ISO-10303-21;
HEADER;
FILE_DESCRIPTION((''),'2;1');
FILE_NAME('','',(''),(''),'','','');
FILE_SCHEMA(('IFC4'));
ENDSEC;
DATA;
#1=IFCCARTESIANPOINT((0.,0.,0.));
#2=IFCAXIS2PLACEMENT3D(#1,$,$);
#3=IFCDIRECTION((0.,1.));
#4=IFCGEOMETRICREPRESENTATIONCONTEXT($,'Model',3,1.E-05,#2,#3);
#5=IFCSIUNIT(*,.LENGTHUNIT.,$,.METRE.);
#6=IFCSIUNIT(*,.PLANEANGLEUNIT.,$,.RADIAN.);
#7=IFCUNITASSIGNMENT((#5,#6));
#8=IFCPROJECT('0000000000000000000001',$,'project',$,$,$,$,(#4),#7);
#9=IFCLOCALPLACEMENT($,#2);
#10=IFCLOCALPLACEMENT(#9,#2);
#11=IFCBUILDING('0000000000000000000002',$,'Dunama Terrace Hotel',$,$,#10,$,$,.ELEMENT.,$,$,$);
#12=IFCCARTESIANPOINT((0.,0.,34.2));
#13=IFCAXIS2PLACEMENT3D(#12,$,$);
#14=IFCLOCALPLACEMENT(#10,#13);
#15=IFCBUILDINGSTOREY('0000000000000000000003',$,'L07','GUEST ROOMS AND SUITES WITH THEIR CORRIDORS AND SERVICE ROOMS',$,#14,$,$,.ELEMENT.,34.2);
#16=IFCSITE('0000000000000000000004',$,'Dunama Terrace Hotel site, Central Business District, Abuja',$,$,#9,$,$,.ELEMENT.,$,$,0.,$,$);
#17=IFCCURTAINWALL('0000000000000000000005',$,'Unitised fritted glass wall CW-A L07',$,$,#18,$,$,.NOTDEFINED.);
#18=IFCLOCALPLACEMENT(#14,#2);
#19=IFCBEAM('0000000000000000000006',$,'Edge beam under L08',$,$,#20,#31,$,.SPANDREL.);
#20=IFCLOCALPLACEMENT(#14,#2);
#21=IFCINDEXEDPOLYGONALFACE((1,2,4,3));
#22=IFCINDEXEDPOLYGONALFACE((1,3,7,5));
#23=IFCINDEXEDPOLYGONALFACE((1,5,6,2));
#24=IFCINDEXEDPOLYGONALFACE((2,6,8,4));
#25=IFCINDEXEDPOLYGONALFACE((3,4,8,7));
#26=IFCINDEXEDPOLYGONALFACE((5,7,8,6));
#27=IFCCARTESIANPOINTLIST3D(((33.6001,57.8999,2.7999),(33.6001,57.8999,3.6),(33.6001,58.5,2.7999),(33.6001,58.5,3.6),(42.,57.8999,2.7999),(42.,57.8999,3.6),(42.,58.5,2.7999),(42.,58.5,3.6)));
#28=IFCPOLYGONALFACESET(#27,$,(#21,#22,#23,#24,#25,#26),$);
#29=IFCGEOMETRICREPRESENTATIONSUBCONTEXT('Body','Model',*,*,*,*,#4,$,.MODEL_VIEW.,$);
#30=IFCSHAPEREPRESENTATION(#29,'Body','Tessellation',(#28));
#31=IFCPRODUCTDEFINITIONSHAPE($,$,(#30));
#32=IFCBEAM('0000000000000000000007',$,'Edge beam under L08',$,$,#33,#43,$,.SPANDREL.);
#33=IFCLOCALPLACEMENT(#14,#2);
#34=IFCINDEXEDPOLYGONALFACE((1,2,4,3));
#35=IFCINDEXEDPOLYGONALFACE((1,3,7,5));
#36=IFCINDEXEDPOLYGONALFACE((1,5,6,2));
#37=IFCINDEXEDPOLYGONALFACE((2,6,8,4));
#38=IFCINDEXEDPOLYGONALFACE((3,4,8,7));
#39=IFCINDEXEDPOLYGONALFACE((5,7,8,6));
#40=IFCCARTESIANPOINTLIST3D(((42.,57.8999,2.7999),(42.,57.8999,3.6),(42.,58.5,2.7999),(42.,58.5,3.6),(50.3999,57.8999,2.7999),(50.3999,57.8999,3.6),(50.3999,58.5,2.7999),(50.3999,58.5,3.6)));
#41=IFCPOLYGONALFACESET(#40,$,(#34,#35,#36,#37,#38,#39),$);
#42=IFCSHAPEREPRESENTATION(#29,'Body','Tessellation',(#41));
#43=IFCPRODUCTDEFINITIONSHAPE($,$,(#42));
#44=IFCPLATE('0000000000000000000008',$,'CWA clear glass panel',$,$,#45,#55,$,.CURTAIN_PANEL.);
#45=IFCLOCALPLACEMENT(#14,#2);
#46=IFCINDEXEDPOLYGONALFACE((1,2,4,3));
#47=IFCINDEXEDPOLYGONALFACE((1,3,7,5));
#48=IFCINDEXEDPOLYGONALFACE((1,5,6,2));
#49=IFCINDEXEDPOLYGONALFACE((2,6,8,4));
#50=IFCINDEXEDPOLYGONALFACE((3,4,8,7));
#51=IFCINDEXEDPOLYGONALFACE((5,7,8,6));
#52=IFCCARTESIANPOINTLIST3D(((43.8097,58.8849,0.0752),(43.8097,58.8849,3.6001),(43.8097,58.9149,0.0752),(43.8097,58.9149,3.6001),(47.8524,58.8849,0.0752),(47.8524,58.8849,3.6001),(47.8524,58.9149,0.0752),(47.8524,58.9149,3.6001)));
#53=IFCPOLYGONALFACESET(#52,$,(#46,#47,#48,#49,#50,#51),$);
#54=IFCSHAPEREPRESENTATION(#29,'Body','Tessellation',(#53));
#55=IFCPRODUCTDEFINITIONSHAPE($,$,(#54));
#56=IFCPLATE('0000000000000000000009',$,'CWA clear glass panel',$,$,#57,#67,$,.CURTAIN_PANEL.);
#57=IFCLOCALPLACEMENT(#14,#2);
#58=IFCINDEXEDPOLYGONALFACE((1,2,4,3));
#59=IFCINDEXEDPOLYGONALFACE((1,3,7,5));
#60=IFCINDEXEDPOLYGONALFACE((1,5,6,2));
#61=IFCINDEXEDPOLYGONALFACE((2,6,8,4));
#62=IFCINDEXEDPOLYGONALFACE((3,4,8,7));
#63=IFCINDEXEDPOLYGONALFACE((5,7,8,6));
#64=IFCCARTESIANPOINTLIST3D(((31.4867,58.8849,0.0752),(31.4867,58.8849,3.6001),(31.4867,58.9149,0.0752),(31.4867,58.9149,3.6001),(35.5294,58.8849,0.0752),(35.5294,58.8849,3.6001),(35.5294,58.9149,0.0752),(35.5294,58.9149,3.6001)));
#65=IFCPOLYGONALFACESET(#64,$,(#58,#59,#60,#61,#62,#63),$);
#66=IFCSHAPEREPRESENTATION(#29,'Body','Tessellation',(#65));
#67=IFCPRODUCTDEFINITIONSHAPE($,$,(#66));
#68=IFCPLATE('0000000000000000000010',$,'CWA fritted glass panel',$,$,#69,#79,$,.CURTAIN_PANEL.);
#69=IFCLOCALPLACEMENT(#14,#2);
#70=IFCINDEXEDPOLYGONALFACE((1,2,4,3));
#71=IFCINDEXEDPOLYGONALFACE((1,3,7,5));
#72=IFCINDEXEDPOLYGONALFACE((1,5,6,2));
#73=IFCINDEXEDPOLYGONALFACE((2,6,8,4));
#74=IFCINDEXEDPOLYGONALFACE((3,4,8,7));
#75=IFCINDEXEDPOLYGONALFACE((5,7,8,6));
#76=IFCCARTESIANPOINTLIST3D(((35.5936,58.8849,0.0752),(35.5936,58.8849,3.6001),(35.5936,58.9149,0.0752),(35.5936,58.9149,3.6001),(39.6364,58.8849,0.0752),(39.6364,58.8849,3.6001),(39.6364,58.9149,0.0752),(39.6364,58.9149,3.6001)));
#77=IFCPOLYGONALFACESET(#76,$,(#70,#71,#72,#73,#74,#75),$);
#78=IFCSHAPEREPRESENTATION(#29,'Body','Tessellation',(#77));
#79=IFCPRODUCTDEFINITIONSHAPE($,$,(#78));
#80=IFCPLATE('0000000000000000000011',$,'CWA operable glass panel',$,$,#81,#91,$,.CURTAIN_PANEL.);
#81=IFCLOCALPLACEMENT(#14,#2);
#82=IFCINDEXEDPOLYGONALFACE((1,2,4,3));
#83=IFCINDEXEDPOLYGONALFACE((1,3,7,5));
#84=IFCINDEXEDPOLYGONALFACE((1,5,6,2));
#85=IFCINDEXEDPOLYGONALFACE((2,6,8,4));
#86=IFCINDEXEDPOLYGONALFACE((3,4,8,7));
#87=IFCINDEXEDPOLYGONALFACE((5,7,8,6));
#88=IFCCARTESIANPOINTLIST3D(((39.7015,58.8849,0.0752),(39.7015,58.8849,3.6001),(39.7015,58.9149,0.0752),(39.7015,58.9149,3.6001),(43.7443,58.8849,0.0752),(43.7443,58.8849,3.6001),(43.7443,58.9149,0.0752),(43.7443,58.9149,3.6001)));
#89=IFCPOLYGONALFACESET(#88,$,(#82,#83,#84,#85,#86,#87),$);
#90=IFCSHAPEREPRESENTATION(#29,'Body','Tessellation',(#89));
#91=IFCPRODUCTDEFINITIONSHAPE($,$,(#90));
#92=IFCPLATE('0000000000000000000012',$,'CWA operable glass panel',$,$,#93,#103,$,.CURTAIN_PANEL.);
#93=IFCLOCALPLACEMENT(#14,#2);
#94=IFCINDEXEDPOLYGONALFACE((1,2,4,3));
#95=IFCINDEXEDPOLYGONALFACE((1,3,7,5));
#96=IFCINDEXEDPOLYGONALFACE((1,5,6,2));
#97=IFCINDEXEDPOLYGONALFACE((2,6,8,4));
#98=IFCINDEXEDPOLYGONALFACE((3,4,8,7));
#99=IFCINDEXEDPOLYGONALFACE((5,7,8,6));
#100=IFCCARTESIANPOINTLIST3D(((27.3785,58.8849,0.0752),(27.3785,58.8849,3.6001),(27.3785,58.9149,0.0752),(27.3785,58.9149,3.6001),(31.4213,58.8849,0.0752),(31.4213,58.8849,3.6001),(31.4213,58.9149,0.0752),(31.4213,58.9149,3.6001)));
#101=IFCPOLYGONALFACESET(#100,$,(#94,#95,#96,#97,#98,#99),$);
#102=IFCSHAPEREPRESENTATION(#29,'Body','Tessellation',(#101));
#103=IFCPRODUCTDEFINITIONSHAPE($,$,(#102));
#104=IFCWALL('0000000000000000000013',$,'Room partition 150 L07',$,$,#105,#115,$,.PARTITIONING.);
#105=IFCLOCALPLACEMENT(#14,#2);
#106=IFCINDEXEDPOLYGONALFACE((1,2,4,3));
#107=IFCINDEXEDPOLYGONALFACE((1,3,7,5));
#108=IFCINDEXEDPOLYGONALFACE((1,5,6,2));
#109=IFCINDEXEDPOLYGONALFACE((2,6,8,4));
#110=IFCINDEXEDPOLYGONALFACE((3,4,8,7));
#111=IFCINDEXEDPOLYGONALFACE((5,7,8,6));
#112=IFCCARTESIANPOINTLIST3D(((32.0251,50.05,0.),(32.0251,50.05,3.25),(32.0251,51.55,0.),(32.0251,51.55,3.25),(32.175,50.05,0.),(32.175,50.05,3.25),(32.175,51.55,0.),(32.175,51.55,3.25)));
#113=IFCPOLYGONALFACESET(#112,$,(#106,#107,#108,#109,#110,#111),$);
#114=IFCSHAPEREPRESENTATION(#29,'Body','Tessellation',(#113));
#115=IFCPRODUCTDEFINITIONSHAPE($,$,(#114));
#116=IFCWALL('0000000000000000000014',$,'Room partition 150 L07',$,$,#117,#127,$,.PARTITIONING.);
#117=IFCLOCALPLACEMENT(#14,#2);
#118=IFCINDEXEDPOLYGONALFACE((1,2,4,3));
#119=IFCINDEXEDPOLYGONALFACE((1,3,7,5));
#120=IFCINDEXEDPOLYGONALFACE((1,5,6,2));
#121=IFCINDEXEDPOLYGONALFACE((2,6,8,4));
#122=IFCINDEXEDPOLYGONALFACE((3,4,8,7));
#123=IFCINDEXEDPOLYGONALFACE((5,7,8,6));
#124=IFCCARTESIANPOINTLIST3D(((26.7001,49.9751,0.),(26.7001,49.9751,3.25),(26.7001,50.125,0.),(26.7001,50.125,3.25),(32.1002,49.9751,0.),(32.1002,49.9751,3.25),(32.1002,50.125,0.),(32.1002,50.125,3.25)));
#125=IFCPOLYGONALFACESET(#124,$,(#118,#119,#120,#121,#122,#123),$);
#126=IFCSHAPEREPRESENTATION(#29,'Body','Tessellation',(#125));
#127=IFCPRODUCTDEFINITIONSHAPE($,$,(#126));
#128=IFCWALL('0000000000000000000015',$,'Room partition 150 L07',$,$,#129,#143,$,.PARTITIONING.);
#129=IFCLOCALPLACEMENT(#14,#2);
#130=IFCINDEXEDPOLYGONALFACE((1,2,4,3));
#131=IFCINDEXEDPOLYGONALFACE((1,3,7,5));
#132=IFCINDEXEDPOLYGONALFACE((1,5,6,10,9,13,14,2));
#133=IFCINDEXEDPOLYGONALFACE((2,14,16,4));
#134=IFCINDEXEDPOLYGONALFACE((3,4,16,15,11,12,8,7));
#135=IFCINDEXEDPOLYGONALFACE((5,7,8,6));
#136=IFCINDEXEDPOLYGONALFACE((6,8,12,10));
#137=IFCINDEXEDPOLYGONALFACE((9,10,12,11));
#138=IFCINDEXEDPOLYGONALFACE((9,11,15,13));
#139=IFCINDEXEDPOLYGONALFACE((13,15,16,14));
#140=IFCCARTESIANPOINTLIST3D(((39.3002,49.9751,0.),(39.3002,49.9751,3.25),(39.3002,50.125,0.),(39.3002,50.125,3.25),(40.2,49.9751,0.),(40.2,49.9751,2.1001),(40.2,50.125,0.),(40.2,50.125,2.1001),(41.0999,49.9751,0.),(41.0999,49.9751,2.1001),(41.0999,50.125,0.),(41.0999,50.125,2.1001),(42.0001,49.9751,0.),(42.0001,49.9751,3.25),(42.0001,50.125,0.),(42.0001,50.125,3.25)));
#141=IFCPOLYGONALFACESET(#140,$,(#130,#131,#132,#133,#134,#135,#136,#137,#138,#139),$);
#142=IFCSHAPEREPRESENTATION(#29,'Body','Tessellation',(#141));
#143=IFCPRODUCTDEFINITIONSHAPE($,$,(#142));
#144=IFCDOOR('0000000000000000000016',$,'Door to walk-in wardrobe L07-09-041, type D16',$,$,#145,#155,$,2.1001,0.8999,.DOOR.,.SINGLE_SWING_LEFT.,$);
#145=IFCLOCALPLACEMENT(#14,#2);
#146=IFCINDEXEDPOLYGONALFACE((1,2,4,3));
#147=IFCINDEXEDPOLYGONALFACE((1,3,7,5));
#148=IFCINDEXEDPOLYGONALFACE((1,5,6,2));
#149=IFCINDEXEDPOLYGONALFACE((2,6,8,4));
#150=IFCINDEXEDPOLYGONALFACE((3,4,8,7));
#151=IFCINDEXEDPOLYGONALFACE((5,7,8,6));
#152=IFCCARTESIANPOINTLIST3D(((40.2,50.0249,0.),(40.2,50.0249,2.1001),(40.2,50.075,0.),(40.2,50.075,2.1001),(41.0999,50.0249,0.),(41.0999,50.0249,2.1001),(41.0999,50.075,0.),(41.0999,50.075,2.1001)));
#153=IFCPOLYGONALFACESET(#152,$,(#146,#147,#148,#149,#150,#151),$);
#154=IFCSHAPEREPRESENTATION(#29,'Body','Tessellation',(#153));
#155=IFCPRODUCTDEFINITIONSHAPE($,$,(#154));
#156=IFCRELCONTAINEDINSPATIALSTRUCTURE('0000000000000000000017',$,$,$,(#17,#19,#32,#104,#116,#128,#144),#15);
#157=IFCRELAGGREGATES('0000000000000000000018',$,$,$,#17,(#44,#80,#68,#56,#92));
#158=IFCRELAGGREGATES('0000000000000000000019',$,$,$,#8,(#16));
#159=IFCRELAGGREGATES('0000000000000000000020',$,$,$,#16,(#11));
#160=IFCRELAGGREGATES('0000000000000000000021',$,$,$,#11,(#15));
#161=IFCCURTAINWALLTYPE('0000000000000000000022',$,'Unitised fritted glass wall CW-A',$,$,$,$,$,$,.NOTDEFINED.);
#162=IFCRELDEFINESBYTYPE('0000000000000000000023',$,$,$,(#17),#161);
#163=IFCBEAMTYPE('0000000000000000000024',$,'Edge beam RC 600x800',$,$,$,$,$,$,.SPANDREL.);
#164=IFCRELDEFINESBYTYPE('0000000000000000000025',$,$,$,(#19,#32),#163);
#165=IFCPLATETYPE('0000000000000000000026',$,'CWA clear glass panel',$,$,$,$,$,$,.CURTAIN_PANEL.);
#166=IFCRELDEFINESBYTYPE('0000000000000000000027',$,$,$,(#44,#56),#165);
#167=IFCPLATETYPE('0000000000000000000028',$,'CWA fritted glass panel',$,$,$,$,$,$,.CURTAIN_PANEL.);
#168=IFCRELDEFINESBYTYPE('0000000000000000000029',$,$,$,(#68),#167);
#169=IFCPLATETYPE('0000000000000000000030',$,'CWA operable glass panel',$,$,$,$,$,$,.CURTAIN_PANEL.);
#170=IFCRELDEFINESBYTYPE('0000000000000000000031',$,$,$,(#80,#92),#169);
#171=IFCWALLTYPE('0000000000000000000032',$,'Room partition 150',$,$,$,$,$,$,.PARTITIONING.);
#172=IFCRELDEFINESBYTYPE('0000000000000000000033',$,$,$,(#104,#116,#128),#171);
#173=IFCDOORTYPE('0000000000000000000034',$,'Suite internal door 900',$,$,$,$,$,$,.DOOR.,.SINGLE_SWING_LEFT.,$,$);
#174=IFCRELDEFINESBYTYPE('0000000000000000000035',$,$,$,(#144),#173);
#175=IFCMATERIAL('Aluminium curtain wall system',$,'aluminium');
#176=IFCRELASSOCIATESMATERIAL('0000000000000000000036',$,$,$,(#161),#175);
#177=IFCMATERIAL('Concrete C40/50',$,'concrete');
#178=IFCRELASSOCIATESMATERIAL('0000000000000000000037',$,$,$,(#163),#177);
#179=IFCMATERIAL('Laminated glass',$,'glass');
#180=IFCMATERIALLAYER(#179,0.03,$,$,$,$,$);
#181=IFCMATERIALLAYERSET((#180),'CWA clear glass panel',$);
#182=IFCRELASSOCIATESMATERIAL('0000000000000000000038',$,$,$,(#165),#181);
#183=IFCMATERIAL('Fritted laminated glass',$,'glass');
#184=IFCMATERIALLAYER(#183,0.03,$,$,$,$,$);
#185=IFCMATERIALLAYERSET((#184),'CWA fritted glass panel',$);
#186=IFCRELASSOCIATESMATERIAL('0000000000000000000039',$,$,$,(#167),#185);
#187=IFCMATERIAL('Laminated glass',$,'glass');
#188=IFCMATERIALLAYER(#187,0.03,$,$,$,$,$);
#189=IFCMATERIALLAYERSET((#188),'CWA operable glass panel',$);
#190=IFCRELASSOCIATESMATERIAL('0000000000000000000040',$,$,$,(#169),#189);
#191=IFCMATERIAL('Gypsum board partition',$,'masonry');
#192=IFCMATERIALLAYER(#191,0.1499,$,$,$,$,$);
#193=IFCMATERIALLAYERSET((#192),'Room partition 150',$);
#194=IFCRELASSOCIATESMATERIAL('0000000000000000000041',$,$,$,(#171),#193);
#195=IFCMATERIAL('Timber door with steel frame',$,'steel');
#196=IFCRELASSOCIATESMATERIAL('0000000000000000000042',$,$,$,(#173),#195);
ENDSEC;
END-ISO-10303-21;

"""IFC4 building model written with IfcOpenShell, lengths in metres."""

from ifc_helpers import new_model, si_unit, direction, frame, frame_2d, origin, origin_2d, place, context, subcontext, project, spatial, rectangle, extrude, material, layer, layer_set, material_profile, profile_set, type_object, element, fill, aggregate, save


model = new_model("IFC4")

# Units and contexts
model_context = context("Model", 3, precision=1e-05, world=origin(), true_north=direction((0.0, 1.0)))
body_context = subcontext(model_context, "Body", "Model", "MODEL_VIEW")
ifc_project = project(units=[si_unit("LENGTHUNIT", "METRE"), si_unit("PLANEANGLEUNIT", "RADIAN")], contexts=[model_context])

# Site, building, storey
site_placement = place(None, origin())
site = spatial("IfcSite", under=ifc_project, at=site_placement, Name="Dunama Terrace Hotel site, Central Business District, Abuja", CompositionType="ELEMENT", RefElevation=0.0)
building_placement = place(site_placement, origin())
building = spatial("IfcBuilding", under=site, at=building_placement, Name="Dunama Terrace Hotel", CompositionType="ELEMENT")
storey_placement = place(building_placement, frame((0.0, 0.0, 34.2)))
storey = spatial("IfcBuildingStorey", under=building, at=storey_placement, Name="L07", Description="GUEST ROOMS AND SUITES WITH THEIR CORRIDORS AND SERVICE ROOMS", CompositionType="ELEMENT", Elevation=34.2)

# Curtain wall
ifc_material_1 = material(Name="Aluminium curtain wall system", Category="aluminium")
curtain_wall_type = type_object("IfcCurtainWallType", Name="Unitised fritted glass wall CW-A", PredefinedType="NOTDEFINED", material=ifc_material_1)
curtain_wall_placement = place(storey_placement, origin())
curtain_wall = element("IfcCurtainWall", 1, at=curtain_wall_placement, inside=storey, type_object=curtain_wall_type, Name="Unitised fritted glass wall CW-A L07", PredefinedType="NOTDEFINED")

# Beams
ifc_material_2 = material(Name="Concrete C40/50", Category="concrete")
ifc_material_profile_1 = material_profile(ifc_material_2, rectangle(XDim=0.6001, YDim=0.8, at=origin_2d()), Name="RC 600x800")
ifc_profile_set_1 = profile_set([ifc_material_profile_1], Name="Concrete C40/50")
beam_type = type_object("IfcBeamType", Name="Edge beam RC 600x800", PredefinedType="SPANDREL", material=ifc_profile_set_1)
for number, where, z_axis, x_axis, name in (
    (2, (33.6001, 58.2, 3.2), (1.0, 0.0, 0.0), (0.0, 1.0, 0.0), "Edge beam under L08"),
    (3, (42.0, 58.2, 3.2), (1.0, 0.0, 0.0), (0.0, 1.0, 0.0), "Edge beam under L08"),
):
    element("IfcBeam", number, at=place(storey_placement, frame(where, z_axis=z_axis, x_axis=x_axis)), inside=storey, type_object=beam_type, Name=name, PredefinedType="SPANDREL", context=body_context, shape_type="SweptSolid", body=[
        extrude(rectangle(XDim=0.6001, YDim=0.8, at=origin_2d()), origin(), (0.0, 0.0, 1.0), 8.3999),
    ])

# Plates
ifc_material_3 = material(Name="Laminated glass", Category="glass")
ifc_layer_1 = layer(ifc_material_3, 0.03)
ifc_layer_set_1 = layer_set([ifc_layer_1], Name="CWA clear glass panel")
plate_type_1 = type_object("IfcPlateType", Name="CWA clear glass panel", PredefinedType="CURTAIN_PANEL", material=ifc_layer_set_1)
plate_1_placement = place(storey_placement, frame((45.8311, 58.8999, 0.0752), z_axis=(0.0, 0.0, 1.0), x_axis=(-1.0, 0.0, 0.0)))
plate_1 = element("IfcPlate", 4, at=plate_1_placement, type_object=plate_type_1, Name="CWA clear glass panel", PredefinedType="CURTAIN_PANEL", context=body_context, shape_type="SweptSolid", body=[
    extrude(rectangle(XDim=4.0427, YDim=0.03, at=origin_2d()), origin(), (0.0, 0.0, 1.0), 3.5249),
])
plate_2_placement = place(storey_placement, frame((33.5081, 58.8999, 0.0752), z_axis=(0.0, 0.0, 1.0), x_axis=(-1.0, 0.0, 0.0)))
plate_2 = element("IfcPlate", 5, at=plate_2_placement, type_object=plate_type_1, Name="CWA clear glass panel", PredefinedType="CURTAIN_PANEL", context=body_context, shape_type="SweptSolid", body=[
    extrude(rectangle(XDim=4.0427, YDim=0.03, at=origin_2d()), origin(), (0.0, 0.0, 1.0), 3.5249),
])
ifc_material_4 = material(Name="Fritted laminated glass", Category="glass")
ifc_layer_2 = layer(ifc_material_4, 0.03)
ifc_layer_set_2 = layer_set([ifc_layer_2], Name="CWA fritted glass panel")
plate_type_2 = type_object("IfcPlateType", Name="CWA fritted glass panel", PredefinedType="CURTAIN_PANEL", material=ifc_layer_set_2)
plate_3_placement = place(storey_placement, frame((37.615, 58.8999, 0.0752), z_axis=(0.0, 0.0, 1.0), x_axis=(-1.0, 0.0, 0.0)))
plate_3 = element("IfcPlate", 6, at=plate_3_placement, type_object=plate_type_2, Name="CWA fritted glass panel", PredefinedType="CURTAIN_PANEL", context=body_context, shape_type="SweptSolid", body=[
    extrude(rectangle(XDim=4.0427, YDim=0.03, at=origin_2d()), origin(), (0.0, 0.0, 1.0), 3.5249),
])
ifc_material_5 = material(Name="Laminated glass", Category="glass")
ifc_layer_3 = layer(ifc_material_5, 0.03)
ifc_layer_set_3 = layer_set([ifc_layer_3], Name="CWA operable glass panel")
plate_type_3 = type_object("IfcPlateType", Name="CWA operable glass panel", PredefinedType="CURTAIN_PANEL", material=ifc_layer_set_3)
plate_4_placement = place(storey_placement, frame((41.7229, 58.8999, 0.0752), z_axis=(0.0, 0.0, 1.0), x_axis=(-1.0, 0.0, 0.0)))
plate_4 = element("IfcPlate", 7, at=plate_4_placement, type_object=plate_type_3, Name="CWA operable glass panel", PredefinedType="CURTAIN_PANEL", context=body_context, shape_type="SweptSolid", body=[
    extrude(rectangle(XDim=4.0427, YDim=0.03, at=origin_2d()), origin(), (0.0, 0.0, 1.0), 3.5249),
])
plate_5_placement = place(storey_placement, frame((29.3999, 58.8999, 0.0752), z_axis=(0.0, 0.0, 1.0), x_axis=(-1.0, 0.0, 0.0)))
plate_5 = element("IfcPlate", 8, at=plate_5_placement, type_object=plate_type_3, Name="CWA operable glass panel", PredefinedType="CURTAIN_PANEL", context=body_context, shape_type="SweptSolid", body=[
    extrude(rectangle(XDim=4.0427, YDim=0.03, at=origin_2d()), origin(), (0.0, 0.0, 1.0), 3.5249),
])
aggregate(curtain_wall, [plate_1, plate_4, plate_3, plate_2, plate_5])

# Walls
ifc_material_6 = material(Name="Gypsum board partition", Category="masonry")
ifc_layer_4 = layer(ifc_material_6, 0.1499)
ifc_layer_set_4 = layer_set([ifc_layer_4], Name="Room partition 150")
wall_type = type_object("IfcWallType", Name="Room partition 150", PredefinedType="PARTITIONING", material=ifc_layer_set_4)
wall_1_placement = place(storey_placement, frame((32.1001, 50.05, 0.0), z_axis=(0.0, 0.0, 1.0), x_axis=(0.0, 1.0, 0.0)))
element("IfcWall", 9, at=wall_1_placement, inside=storey, type_object=wall_type, Name="Room partition 150 L07", PredefinedType="PARTITIONING", context=body_context, shape_type="SweptSolid", body=[
    extrude(rectangle(XDim=1.5, YDim=0.1499, at=frame_2d((0.75, 0.0))), origin(), (0.0, 0.0, 1.0), 3.25),
])
wall_2_placement = place(storey_placement, frame((26.7, 50.05, 0.0), z_axis=(0.0, 0.0, 1.0), x_axis=(1.0, 0.0, 0.0)))
element("IfcWall", 10, at=wall_2_placement, inside=storey, type_object=wall_type, Name="Room partition 150 L07", PredefinedType="PARTITIONING", context=body_context, shape_type="SweptSolid", body=[
    extrude(rectangle(XDim=5.4001, YDim=0.1499, at=frame_2d((2.7002, 0.0))), origin(), (0.0, 0.0, 1.0), 3.25),
])

# Wall, opening, door
wall_3_placement = place(storey_placement, frame((39.3, 50.05, 0.0), z_axis=(0.0, 0.0, 1.0), x_axis=(1.0, 0.0, 0.0)))
wall_3 = element("IfcWall", 11, at=wall_3_placement, inside=storey, type_object=wall_type, Name="Room partition 150 L07", PredefinedType="PARTITIONING", context=body_context, shape_type="SweptSolid", body=[
    extrude(rectangle(XDim=2.7, YDim=0.1499, at=frame_2d((1.3501, 0.0))), origin(), (0.0, 0.0, 1.0), 3.25),
])
opening_1_placement = place(wall_3_placement, frame((0.8999, 0.0, 0.0)))
opening_1 = element("IfcOpeningElement", 12, at=opening_1_placement, cuts=wall_3, PredefinedType="OPENING", context=body_context, shape_type="SweptSolid", body=[
    extrude(rectangle(XDim=0.8999, YDim=2.1001, at=frame_2d((0.45, 1.05))), frame((0.0, 0.085, 0.0), z_axis=(0.0, -1.0, 0.0), x_axis=(1.0, 0.0, 0.0)), (0.0, 0.0, 1.0), 0.1699),
])
ifc_material_7 = material(Name="Timber door with steel frame", Category="steel")
door_type = type_object("IfcDoorType", Name="Suite internal door 900", OperationType="SINGLE_SWING_LEFT", PredefinedType="DOOR", material=ifc_material_7)
door_1_placement = place(opening_1_placement, frame((0.8999, 0.0, 0.0), z_axis=(0.0, 0.0, 1.0), x_axis=(-1.0, 0.0, 0.0)))
door_1 = element("IfcDoor", 13, at=door_1_placement, inside=storey, type_object=door_type, Name="Door to walk-in wardrobe L07-09-041, type D16", OperationType="SINGLE_SWING_LEFT", OverallHeight=2.1001, OverallWidth=0.8999, PredefinedType="DOOR", context=body_context, shape_type="SweptSolid", body=[
    extrude(rectangle(XDim=0.8999, YDim=2.1001, at=frame_2d((0.45, 1.05))), frame((0.0, 0.0251, 0.0), z_axis=(0.0, -1.0, 0.0), x_axis=(1.0, 0.0, 0.0)), (0.0, 0.0, 1.0), 0.05),
])
fill(opening_1, door_1)

save(model, "model.ifc")
